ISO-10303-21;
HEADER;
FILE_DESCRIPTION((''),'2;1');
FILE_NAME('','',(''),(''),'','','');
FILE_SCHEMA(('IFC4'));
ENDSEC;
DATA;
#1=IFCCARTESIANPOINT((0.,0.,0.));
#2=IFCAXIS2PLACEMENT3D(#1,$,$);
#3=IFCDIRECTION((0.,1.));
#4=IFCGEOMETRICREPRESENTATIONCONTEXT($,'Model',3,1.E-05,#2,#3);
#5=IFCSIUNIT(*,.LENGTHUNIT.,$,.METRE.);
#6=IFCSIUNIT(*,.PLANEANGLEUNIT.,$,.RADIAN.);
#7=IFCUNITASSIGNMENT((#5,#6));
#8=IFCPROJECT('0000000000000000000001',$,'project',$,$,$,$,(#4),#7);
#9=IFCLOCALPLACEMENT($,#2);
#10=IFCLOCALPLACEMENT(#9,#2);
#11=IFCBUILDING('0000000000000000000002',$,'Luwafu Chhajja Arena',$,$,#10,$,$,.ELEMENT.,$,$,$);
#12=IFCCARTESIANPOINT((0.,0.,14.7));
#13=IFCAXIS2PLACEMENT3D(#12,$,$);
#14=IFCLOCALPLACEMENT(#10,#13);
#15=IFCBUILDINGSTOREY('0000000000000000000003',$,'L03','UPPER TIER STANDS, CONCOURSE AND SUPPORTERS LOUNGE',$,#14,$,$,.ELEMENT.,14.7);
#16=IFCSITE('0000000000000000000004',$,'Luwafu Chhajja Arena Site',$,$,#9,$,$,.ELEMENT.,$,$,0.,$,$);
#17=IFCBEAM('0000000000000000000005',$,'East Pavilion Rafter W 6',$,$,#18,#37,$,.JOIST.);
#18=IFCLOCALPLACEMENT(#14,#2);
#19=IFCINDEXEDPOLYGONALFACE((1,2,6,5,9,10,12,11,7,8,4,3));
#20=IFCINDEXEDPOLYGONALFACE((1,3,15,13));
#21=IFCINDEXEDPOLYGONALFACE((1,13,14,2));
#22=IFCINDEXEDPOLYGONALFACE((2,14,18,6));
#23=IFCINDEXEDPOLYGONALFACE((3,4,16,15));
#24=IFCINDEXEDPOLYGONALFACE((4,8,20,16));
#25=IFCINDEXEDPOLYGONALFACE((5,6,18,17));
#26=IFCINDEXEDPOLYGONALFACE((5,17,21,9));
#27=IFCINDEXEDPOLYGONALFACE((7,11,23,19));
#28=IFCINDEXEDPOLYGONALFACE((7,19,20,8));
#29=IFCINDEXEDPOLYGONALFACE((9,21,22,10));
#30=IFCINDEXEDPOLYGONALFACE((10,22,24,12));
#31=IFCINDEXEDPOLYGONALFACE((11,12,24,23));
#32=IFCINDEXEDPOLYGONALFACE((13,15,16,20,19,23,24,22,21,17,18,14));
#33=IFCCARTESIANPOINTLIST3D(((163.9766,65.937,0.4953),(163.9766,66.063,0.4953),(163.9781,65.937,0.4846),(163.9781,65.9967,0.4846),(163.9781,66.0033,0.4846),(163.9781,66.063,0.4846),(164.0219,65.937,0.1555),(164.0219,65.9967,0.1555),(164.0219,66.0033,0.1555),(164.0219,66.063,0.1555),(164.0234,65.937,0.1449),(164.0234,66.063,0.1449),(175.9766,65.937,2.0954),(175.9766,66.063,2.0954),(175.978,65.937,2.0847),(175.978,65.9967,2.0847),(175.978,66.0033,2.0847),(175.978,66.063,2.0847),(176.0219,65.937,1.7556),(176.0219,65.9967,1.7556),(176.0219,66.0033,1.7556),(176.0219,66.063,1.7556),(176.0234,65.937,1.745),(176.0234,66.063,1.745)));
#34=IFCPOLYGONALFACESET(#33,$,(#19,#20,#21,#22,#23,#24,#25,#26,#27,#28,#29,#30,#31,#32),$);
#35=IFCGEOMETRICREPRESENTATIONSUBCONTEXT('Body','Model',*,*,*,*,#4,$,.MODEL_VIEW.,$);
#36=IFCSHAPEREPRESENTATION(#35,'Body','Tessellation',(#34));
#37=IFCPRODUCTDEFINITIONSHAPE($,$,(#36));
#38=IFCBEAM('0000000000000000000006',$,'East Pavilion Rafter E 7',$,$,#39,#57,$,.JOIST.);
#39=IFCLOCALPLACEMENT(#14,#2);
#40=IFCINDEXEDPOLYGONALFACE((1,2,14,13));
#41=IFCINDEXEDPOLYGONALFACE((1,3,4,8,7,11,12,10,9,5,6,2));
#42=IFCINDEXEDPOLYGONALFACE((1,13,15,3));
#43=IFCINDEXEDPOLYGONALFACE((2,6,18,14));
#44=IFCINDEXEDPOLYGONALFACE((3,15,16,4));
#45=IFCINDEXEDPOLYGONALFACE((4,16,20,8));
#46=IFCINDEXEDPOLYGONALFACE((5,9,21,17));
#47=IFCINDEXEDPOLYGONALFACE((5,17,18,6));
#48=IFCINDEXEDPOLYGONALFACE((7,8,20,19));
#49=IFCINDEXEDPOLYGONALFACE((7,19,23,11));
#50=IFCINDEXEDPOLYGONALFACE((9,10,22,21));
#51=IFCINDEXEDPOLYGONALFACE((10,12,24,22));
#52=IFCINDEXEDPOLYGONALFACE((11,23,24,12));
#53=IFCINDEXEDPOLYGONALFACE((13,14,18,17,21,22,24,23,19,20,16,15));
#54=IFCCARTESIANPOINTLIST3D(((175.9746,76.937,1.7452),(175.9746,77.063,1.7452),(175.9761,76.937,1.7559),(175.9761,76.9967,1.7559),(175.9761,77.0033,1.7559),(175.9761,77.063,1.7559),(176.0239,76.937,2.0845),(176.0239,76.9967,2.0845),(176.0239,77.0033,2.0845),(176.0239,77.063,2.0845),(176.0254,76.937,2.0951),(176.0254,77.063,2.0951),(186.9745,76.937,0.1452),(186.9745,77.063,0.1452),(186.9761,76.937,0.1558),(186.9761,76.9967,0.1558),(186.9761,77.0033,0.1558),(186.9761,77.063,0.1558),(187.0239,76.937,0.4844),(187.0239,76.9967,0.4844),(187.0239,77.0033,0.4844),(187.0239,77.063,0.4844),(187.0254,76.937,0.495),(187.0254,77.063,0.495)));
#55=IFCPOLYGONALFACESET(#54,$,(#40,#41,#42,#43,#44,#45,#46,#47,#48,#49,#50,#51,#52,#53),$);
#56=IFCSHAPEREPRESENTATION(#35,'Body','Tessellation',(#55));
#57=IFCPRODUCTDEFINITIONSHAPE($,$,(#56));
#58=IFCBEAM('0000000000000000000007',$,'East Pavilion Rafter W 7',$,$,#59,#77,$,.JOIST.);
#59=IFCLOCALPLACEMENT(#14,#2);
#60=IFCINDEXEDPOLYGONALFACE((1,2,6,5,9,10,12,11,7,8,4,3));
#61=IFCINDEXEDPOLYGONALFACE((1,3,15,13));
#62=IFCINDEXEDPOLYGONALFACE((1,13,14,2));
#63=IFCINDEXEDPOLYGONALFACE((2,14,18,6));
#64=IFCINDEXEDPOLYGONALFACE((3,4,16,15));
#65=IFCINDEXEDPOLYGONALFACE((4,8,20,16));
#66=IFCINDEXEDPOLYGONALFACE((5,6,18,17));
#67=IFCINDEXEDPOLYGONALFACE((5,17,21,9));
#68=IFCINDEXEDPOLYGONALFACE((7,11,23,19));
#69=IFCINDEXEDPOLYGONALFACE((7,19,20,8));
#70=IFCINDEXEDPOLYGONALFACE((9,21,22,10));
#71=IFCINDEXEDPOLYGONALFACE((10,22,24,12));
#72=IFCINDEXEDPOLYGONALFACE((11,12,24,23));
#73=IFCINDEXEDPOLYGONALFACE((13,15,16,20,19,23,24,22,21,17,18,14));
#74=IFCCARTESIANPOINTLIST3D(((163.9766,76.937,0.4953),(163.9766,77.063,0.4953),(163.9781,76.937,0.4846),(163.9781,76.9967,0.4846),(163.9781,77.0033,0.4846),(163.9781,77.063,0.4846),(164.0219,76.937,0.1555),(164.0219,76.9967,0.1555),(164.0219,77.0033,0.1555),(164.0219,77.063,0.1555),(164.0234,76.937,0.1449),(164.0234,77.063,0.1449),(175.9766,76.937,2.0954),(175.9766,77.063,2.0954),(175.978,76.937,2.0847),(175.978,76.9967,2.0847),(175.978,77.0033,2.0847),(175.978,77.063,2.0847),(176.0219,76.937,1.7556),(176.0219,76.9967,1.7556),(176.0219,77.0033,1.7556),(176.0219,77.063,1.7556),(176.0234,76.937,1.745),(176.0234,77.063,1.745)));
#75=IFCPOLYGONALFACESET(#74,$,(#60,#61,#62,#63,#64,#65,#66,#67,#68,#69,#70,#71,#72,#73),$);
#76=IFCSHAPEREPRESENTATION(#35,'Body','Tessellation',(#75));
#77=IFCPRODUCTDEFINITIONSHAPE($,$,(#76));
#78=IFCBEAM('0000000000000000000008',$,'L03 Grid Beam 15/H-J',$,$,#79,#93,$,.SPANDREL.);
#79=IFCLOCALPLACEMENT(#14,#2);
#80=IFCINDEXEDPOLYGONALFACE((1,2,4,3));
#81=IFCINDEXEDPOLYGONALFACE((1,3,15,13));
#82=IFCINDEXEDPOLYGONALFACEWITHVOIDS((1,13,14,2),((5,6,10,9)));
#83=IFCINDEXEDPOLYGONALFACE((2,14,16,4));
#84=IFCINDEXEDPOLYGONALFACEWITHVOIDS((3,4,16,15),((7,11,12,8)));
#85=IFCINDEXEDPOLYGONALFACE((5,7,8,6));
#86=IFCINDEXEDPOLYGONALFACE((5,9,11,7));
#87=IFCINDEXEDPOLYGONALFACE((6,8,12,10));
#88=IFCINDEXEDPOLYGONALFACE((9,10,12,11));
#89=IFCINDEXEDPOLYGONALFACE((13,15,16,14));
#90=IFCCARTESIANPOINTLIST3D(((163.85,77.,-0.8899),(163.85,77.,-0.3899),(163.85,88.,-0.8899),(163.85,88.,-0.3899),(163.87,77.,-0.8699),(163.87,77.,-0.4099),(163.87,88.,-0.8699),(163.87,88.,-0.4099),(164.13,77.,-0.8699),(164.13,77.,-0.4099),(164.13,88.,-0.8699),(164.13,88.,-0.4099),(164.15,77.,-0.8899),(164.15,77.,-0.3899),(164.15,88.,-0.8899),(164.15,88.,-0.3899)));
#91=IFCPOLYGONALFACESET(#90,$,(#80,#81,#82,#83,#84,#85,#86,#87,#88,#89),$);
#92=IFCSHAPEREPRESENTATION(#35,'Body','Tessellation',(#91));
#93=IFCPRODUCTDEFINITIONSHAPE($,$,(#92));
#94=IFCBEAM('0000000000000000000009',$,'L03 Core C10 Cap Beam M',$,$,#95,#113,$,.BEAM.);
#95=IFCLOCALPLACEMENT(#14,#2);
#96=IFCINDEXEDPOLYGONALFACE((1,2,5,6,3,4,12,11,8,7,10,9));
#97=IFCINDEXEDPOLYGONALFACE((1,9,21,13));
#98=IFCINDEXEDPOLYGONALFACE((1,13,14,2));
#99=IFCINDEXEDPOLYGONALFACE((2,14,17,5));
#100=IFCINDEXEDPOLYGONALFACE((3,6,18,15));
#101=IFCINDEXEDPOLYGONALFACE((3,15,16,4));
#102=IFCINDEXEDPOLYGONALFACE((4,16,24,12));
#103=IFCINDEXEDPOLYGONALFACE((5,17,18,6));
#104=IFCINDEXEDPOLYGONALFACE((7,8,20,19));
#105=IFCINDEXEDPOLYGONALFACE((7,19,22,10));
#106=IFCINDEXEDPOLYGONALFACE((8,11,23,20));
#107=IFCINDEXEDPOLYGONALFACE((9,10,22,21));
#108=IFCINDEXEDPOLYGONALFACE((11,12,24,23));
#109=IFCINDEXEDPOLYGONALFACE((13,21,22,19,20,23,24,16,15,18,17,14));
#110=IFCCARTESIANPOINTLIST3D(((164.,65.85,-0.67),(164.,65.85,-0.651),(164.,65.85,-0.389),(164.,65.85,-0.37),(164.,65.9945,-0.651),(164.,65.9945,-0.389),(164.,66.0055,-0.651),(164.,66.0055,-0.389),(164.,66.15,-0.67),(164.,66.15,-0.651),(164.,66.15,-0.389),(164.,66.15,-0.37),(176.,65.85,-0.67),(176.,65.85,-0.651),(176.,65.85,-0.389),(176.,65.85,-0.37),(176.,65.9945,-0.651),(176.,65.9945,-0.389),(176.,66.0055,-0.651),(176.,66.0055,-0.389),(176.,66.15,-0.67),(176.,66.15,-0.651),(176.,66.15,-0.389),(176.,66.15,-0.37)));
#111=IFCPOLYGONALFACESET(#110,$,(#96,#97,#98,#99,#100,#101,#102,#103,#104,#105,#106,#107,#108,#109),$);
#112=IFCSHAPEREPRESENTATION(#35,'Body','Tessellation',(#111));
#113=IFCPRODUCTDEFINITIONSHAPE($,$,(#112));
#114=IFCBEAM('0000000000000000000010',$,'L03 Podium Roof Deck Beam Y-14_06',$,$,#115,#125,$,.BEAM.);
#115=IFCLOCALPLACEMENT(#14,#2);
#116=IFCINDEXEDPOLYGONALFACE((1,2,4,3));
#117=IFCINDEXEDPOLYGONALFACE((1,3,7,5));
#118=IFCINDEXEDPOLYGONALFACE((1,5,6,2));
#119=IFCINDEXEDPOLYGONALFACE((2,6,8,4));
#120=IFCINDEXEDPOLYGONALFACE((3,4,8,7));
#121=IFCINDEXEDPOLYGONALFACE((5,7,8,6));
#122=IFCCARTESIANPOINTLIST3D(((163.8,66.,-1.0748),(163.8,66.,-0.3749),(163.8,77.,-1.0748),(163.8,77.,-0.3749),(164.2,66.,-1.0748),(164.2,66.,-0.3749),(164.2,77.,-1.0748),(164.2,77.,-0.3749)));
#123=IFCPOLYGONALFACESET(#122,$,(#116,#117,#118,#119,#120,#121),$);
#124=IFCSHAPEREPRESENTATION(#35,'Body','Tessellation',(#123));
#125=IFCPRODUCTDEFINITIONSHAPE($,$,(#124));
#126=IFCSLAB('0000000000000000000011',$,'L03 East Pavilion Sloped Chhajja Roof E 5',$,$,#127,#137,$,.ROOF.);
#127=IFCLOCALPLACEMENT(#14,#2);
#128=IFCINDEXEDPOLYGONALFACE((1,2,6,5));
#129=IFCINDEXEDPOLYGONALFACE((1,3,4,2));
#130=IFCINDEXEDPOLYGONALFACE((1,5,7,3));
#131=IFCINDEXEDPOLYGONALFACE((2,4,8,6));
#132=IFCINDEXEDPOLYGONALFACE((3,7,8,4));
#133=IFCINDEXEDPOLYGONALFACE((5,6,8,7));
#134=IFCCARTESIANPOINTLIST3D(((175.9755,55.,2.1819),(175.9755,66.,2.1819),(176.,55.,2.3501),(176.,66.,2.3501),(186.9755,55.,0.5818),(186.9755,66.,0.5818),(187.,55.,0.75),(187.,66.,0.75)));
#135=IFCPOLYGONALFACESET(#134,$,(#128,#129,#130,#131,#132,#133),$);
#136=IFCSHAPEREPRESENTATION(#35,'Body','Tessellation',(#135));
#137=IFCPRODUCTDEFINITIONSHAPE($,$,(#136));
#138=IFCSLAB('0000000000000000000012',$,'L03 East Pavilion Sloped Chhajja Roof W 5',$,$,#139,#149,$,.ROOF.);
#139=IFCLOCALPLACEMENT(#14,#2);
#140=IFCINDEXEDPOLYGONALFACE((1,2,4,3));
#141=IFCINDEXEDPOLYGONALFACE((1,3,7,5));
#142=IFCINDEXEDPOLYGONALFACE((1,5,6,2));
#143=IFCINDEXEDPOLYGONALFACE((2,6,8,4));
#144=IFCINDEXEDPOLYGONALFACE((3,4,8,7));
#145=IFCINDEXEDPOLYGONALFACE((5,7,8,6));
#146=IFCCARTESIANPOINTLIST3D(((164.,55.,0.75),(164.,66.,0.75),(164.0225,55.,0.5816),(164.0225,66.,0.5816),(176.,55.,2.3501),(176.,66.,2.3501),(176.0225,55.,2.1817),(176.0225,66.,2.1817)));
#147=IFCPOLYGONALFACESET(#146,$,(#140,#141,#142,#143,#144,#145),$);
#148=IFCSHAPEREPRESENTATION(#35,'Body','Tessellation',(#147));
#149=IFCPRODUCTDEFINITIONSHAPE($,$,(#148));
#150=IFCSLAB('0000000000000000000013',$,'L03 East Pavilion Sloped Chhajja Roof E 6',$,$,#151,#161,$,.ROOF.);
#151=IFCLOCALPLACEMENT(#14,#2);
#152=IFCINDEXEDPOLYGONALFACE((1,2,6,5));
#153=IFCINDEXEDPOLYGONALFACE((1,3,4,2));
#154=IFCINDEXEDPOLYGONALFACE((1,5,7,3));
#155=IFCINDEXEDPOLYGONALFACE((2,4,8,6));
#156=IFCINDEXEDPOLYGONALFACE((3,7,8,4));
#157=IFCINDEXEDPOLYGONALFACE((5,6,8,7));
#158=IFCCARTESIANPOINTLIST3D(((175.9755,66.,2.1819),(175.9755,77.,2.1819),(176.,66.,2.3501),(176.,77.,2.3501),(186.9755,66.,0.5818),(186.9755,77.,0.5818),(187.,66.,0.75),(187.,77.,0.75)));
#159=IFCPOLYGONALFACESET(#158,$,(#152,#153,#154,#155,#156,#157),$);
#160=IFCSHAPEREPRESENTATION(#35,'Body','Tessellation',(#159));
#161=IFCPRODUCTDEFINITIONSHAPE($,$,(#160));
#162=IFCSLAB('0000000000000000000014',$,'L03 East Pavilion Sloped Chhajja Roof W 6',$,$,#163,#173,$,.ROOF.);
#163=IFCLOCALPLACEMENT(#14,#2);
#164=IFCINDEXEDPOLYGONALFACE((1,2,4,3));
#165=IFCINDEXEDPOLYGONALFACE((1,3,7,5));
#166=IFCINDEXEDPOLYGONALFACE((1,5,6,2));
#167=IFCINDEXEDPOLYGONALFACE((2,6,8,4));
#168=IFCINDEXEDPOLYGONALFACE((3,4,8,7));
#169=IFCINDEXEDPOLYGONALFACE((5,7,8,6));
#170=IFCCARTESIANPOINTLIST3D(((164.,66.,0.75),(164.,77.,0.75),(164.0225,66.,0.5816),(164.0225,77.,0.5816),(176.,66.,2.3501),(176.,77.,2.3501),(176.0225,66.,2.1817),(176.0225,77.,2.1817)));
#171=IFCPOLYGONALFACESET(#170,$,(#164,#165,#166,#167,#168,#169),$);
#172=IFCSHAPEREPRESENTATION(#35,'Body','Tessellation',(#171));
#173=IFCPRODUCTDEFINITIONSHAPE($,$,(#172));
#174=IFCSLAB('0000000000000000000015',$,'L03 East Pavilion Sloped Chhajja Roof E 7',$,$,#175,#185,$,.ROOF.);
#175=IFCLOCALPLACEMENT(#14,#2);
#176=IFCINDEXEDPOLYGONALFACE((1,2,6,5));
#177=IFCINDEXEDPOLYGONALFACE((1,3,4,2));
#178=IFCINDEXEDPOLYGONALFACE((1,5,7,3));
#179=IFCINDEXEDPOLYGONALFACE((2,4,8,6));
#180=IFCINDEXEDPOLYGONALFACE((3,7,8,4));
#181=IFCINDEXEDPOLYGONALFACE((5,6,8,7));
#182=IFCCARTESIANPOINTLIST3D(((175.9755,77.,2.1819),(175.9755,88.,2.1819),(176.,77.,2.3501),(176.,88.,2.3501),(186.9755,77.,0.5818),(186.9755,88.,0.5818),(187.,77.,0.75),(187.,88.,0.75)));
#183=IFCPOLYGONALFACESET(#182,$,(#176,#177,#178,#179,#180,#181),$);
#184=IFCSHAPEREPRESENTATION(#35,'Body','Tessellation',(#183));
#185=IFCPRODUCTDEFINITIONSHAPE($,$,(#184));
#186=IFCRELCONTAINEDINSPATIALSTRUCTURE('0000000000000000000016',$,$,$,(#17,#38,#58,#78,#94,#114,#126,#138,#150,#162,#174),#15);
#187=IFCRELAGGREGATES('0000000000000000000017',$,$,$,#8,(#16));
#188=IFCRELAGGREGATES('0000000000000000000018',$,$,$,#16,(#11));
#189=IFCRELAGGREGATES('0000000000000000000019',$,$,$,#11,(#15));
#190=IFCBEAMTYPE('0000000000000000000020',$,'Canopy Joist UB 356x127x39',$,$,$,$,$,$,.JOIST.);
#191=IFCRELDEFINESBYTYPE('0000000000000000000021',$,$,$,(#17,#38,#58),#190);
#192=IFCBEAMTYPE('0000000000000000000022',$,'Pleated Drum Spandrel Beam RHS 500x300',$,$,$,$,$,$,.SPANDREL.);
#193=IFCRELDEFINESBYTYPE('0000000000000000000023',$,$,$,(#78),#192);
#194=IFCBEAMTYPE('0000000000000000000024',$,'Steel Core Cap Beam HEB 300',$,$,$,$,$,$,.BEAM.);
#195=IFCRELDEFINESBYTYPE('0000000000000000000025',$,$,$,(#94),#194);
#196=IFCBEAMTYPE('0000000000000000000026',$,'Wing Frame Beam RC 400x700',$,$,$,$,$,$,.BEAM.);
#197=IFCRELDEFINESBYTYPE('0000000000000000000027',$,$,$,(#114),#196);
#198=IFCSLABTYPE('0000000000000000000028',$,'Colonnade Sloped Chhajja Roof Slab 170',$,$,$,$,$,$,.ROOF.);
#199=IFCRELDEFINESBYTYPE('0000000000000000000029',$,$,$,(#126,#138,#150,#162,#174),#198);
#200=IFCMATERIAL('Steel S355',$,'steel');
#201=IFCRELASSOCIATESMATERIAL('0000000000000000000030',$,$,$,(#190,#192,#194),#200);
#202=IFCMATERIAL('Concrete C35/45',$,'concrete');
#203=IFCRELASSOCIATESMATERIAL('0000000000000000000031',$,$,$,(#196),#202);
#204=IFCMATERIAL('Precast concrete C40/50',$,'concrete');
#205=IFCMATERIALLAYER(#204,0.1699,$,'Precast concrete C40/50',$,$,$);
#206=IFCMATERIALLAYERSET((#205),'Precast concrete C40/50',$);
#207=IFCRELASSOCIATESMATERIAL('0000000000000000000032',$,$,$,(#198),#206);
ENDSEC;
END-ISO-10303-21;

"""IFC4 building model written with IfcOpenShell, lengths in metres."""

from ifc_helpers import new_model, si_unit, direction, frame, origin, origin_2d, place, context, subcontext, project, spatial, polyline, rectangle, hollow_rectangle, i_section, outline, extrude, material, layer, layer_set, material_profile, profile_set, type_object, element, save


model = new_model("IFC4")

# Units and contexts
model_context = context("Model", 3, precision=1e-05, world=origin(), true_north=direction((0.0, 1.0)))
body_context = subcontext(model_context, "Body", "Model", "MODEL_VIEW")
ifc_project = project(units=[si_unit("LENGTHUNIT", "METRE"), si_unit("PLANEANGLEUNIT", "RADIAN")], contexts=[model_context])

# Site, building, storey
site_placement = place(None, origin())
site = spatial("IfcSite", under=ifc_project, at=site_placement, Name="Luwafu Chhajja Arena Site", CompositionType="ELEMENT", RefElevation=0.0)
building_placement = place(site_placement, origin())
building = spatial("IfcBuilding", under=site, at=building_placement, Name="Luwafu Chhajja Arena", CompositionType="ELEMENT")
storey_placement = place(building_placement, frame((0.0, 0.0, 14.7)))
storey = spatial("IfcBuildingStorey", under=building, at=storey_placement, Name="L03", Description="UPPER TIER STANDS, CONCOURSE AND SUPPORTERS LOUNGE", CompositionType="ELEMENT", Elevation=14.7)

# Shared definitions
ifc_material_1 = material(Name="Concrete C35/45", Category="concrete")
ifc_material_2 = material(Name="Steel S355", Category="steel")

# Beams
ifc_material_profile_1 = material_profile(ifc_material_2, i_section(OverallWidth=0.126, OverallDepth=0.3535, WebThickness=0.0066, FlangeThickness=0.0107, at=origin_2d()), Name="UB 356x127x39")
ifc_profile_set_1 = profile_set([ifc_material_profile_1], Name="Steel S355")
beam_type_1 = type_object("IfcBeamType", Name="Canopy Joist UB 356x127x39", PredefinedType="JOIST", material=ifc_profile_set_1)
beam_1_placement = place(storey_placement, frame((164.0, 66.0, 0.3201), z_axis=(0.991227, 0.0, 0.132172), x_axis=(0.0, 1.0, 0.0)))
element("IfcBeam", 1, at=beam_1_placement, inside=storey, type_object=beam_type_1, Name="East Pavilion Rafter W 6", PredefinedType="JOIST", context=body_context, shape_type="SweptSolid", body=[
    extrude(i_section(OverallWidth=0.126, OverallDepth=0.3535, WebThickness=0.0066, FlangeThickness=0.0107, at=origin_2d()), origin(), (0.0, 0.0, 1.0), 12.1062),
])
beam_2_placement = place(storey_placement, frame((176.0, 77.0, 1.9202), z_axis=(0.989585, 0.0, -0.143948), x_axis=(0.0, 1.0, 0.0)))
element("IfcBeam", 2, at=beam_2_placement, inside=storey, type_object=beam_type_1, Name="East Pavilion Rafter E 7", PredefinedType="JOIST", context=body_context, shape_type="SweptSolid", body=[
    extrude(i_section(OverallWidth=0.126, OverallDepth=0.3535, WebThickness=0.0066, FlangeThickness=0.0107, at=origin_2d()), origin(), (0.0, 0.0, 1.0), 11.1157),
])
beam_3_placement = place(storey_placement, frame((164.0, 77.0, 0.3201), z_axis=(0.991227, 0.0, 0.132172), x_axis=(0.0, 1.0, 0.0)))
element("IfcBeam", 3, at=beam_3_placement, inside=storey, type_object=beam_type_1, Name="East Pavilion Rafter W 7", PredefinedType="JOIST", context=body_context, shape_type="SweptSolid", body=[
    extrude(i_section(OverallWidth=0.126, OverallDepth=0.3535, WebThickness=0.0066, FlangeThickness=0.0107, at=origin_2d()), origin(), (0.0, 0.0, 1.0), 12.1062),
])
ifc_material_profile_2 = material_profile(ifc_material_2, hollow_rectangle(XDim=0.3, YDim=0.5, WallThickness=0.02, at=origin_2d()), Name="RHS 500x300x20")
ifc_profile_set_2 = profile_set([ifc_material_profile_2], Name="Steel S355")
beam_type_2 = type_object("IfcBeamType", Name="Pleated Drum Spandrel Beam RHS 500x300", PredefinedType="SPANDREL", material=ifc_profile_set_2)
beam_4_placement = place(storey_placement, frame((164.0, 77.0, -0.6399), z_axis=(0.0, 1.0, 0.0), x_axis=(-1.0, 0.0, 0.0)))
element("IfcBeam", 4, at=beam_4_placement, inside=storey, type_object=beam_type_2, Name="L03 Grid Beam 15/H-J", PredefinedType="SPANDREL", context=body_context, shape_type="SweptSolid", body=[
    extrude(hollow_rectangle(XDim=0.3, YDim=0.5, WallThickness=0.02, at=origin_2d()), origin(), (0.0, 0.0, 1.0), 11.0),
])
ifc_material_profile_3 = material_profile(ifc_material_2, i_section(OverallWidth=0.3, OverallDepth=0.3, WebThickness=0.011, FlangeThickness=0.019, at=origin_2d()), Name="HEB 300")
ifc_profile_set_3 = profile_set([ifc_material_profile_3], Name="Steel S355")
beam_type_3 = type_object("IfcBeamType", Name="Steel Core Cap Beam HEB 300", PredefinedType="BEAM", material=ifc_profile_set_3)
beam_5_placement = place(storey_placement, frame((164.0, 66.0, -0.52), z_axis=(1.0, 0.0, 0.0), x_axis=(0.0, 1.0, 0.0)))
element("IfcBeam", 5, at=beam_5_placement, inside=storey, type_object=beam_type_3, Name="L03 Core C10 Cap Beam M", PredefinedType="BEAM", context=body_context, shape_type="SweptSolid", body=[
    extrude(i_section(OverallWidth=0.3, OverallDepth=0.3, WebThickness=0.011, FlangeThickness=0.019, at=origin_2d()), origin(), (0.0, 0.0, 1.0), 12.0),
])
ifc_material_profile_4 = material_profile(ifc_material_1, rectangle(XDim=0.3999, YDim=0.7, at=origin_2d()), Name="RC 400x700")
ifc_profile_set_4 = profile_set([ifc_material_profile_4], Name="Concrete C35/45")
beam_type_4 = type_object("IfcBeamType", Name="Wing Frame Beam RC 400x700", PredefinedType="BEAM", material=ifc_profile_set_4)
beam_6_placement = place(storey_placement, frame((164.0, 66.0, -0.7249), z_axis=(0.0, 1.0, 0.0), x_axis=(-1.0, 0.0, 0.0)))
element("IfcBeam", 6, at=beam_6_placement, inside=storey, type_object=beam_type_4, Name="L03 Podium Roof Deck Beam Y-14_06", PredefinedType="BEAM", context=body_context, shape_type="SweptSolid", body=[
    extrude(rectangle(XDim=0.3999, YDim=0.7, at=origin_2d()), origin(), (0.0, 0.0, 1.0), 11.0),
])

# Slabs
ifc_material_3 = material(Name="Precast concrete C40/50", Category="concrete")
ifc_layer_1 = layer(ifc_material_3, 0.1699, Name="Precast concrete C40/50")
ifc_layer_set_1 = layer_set([ifc_layer_1], Name="Precast concrete C40/50")
slab_type = type_object("IfcSlabType", Name="Colonnade Sloped Chhajja Roof Slab 170", PredefinedType="ROOF", material=ifc_layer_set_1)
slab_1_placement = place(storey_placement, frame((176.0, 55.0, 2.3501), z_axis=(0.143948, 0.0, 0.989585), x_axis=(0.989585, 0.0, -0.143948)))
element("IfcSlab", 7, at=slab_1_placement, inside=storey, type_object=slab_type, Name="L03 East Pavilion Sloped Chhajja Roof E 5", PredefinedType="ROOF", context=body_context, shape_type="SweptSolid", body=[
    extrude(outline(polyline([(0.0, 0.0), (11.1158, 0.0), (11.1158, 11.0), (0.0, 11.0), (0.0, 0.0)])), origin(), (0.0, 0.0, -1.0), 0.1699),
])
slab_2_placement = place(storey_placement, frame((164.0, 55.0, 0.75), z_axis=(-0.132172, 0.0, 0.991227), x_axis=(0.991227, 0.0, 0.132172)))
element("IfcSlab", 8, at=slab_2_placement, inside=storey, type_object=slab_type, Name="L03 East Pavilion Sloped Chhajja Roof W 5", PredefinedType="ROOF", context=body_context, shape_type="SweptSolid", body=[
    extrude(outline(polyline([(0.0, 0.0), (12.1062, 0.0), (12.1062, 11.0), (0.0, 11.0), (0.0, 0.0)])), origin(), (0.0, 0.0, -1.0), 0.1699),
])
slab_3_placement = place(storey_placement, frame((176.0, 66.0, 2.3501), z_axis=(0.143948, 0.0, 0.989585), x_axis=(0.989585, 0.0, -0.143948)))
element("IfcSlab", 9, at=slab_3_placement, inside=storey, type_object=slab_type, Name="L03 East Pavilion Sloped Chhajja Roof E 6", PredefinedType="ROOF", context=body_context, shape_type="SweptSolid", body=[
    extrude(outline(polyline([(0.0, 0.0), (11.1158, 0.0), (11.1158, 11.0), (0.0, 11.0), (0.0, 0.0)])), origin(), (0.0, 0.0, -1.0), 0.1699),
])
slab_4_placement = place(storey_placement, frame((164.0, 66.0, 0.75), z_axis=(-0.132172, 0.0, 0.991227), x_axis=(0.991227, 0.0, 0.132172)))
element("IfcSlab", 10, at=slab_4_placement, inside=storey, type_object=slab_type, Name="L03 East Pavilion Sloped Chhajja Roof W 6", PredefinedType="ROOF", context=body_context, shape_type="SweptSolid", body=[
    extrude(outline(polyline([(0.0, 0.0), (12.1062, 0.0), (12.1062, 11.0), (0.0, 11.0), (0.0, 0.0)])), origin(), (0.0, 0.0, -1.0), 0.1699),
])
slab_5_placement = place(storey_placement, frame((176.0, 77.0, 2.3501), z_axis=(0.143948, 0.0, 0.989585), x_axis=(0.989585, 0.0, -0.143948)))
element("IfcSlab", 11, at=slab_5_placement, inside=storey, type_object=slab_type, Name="L03 East Pavilion Sloped Chhajja Roof E 7", PredefinedType="ROOF", context=body_context, shape_type="SweptSolid", body=[
    extrude(outline(polyline([(0.0, 0.0), (11.1158, 0.0), (11.1158, 11.0), (0.0, 11.0), (0.0, 0.0)])), origin(), (0.0, 0.0, -1.0), 0.1699),
])

save(model, "model.ifc")
